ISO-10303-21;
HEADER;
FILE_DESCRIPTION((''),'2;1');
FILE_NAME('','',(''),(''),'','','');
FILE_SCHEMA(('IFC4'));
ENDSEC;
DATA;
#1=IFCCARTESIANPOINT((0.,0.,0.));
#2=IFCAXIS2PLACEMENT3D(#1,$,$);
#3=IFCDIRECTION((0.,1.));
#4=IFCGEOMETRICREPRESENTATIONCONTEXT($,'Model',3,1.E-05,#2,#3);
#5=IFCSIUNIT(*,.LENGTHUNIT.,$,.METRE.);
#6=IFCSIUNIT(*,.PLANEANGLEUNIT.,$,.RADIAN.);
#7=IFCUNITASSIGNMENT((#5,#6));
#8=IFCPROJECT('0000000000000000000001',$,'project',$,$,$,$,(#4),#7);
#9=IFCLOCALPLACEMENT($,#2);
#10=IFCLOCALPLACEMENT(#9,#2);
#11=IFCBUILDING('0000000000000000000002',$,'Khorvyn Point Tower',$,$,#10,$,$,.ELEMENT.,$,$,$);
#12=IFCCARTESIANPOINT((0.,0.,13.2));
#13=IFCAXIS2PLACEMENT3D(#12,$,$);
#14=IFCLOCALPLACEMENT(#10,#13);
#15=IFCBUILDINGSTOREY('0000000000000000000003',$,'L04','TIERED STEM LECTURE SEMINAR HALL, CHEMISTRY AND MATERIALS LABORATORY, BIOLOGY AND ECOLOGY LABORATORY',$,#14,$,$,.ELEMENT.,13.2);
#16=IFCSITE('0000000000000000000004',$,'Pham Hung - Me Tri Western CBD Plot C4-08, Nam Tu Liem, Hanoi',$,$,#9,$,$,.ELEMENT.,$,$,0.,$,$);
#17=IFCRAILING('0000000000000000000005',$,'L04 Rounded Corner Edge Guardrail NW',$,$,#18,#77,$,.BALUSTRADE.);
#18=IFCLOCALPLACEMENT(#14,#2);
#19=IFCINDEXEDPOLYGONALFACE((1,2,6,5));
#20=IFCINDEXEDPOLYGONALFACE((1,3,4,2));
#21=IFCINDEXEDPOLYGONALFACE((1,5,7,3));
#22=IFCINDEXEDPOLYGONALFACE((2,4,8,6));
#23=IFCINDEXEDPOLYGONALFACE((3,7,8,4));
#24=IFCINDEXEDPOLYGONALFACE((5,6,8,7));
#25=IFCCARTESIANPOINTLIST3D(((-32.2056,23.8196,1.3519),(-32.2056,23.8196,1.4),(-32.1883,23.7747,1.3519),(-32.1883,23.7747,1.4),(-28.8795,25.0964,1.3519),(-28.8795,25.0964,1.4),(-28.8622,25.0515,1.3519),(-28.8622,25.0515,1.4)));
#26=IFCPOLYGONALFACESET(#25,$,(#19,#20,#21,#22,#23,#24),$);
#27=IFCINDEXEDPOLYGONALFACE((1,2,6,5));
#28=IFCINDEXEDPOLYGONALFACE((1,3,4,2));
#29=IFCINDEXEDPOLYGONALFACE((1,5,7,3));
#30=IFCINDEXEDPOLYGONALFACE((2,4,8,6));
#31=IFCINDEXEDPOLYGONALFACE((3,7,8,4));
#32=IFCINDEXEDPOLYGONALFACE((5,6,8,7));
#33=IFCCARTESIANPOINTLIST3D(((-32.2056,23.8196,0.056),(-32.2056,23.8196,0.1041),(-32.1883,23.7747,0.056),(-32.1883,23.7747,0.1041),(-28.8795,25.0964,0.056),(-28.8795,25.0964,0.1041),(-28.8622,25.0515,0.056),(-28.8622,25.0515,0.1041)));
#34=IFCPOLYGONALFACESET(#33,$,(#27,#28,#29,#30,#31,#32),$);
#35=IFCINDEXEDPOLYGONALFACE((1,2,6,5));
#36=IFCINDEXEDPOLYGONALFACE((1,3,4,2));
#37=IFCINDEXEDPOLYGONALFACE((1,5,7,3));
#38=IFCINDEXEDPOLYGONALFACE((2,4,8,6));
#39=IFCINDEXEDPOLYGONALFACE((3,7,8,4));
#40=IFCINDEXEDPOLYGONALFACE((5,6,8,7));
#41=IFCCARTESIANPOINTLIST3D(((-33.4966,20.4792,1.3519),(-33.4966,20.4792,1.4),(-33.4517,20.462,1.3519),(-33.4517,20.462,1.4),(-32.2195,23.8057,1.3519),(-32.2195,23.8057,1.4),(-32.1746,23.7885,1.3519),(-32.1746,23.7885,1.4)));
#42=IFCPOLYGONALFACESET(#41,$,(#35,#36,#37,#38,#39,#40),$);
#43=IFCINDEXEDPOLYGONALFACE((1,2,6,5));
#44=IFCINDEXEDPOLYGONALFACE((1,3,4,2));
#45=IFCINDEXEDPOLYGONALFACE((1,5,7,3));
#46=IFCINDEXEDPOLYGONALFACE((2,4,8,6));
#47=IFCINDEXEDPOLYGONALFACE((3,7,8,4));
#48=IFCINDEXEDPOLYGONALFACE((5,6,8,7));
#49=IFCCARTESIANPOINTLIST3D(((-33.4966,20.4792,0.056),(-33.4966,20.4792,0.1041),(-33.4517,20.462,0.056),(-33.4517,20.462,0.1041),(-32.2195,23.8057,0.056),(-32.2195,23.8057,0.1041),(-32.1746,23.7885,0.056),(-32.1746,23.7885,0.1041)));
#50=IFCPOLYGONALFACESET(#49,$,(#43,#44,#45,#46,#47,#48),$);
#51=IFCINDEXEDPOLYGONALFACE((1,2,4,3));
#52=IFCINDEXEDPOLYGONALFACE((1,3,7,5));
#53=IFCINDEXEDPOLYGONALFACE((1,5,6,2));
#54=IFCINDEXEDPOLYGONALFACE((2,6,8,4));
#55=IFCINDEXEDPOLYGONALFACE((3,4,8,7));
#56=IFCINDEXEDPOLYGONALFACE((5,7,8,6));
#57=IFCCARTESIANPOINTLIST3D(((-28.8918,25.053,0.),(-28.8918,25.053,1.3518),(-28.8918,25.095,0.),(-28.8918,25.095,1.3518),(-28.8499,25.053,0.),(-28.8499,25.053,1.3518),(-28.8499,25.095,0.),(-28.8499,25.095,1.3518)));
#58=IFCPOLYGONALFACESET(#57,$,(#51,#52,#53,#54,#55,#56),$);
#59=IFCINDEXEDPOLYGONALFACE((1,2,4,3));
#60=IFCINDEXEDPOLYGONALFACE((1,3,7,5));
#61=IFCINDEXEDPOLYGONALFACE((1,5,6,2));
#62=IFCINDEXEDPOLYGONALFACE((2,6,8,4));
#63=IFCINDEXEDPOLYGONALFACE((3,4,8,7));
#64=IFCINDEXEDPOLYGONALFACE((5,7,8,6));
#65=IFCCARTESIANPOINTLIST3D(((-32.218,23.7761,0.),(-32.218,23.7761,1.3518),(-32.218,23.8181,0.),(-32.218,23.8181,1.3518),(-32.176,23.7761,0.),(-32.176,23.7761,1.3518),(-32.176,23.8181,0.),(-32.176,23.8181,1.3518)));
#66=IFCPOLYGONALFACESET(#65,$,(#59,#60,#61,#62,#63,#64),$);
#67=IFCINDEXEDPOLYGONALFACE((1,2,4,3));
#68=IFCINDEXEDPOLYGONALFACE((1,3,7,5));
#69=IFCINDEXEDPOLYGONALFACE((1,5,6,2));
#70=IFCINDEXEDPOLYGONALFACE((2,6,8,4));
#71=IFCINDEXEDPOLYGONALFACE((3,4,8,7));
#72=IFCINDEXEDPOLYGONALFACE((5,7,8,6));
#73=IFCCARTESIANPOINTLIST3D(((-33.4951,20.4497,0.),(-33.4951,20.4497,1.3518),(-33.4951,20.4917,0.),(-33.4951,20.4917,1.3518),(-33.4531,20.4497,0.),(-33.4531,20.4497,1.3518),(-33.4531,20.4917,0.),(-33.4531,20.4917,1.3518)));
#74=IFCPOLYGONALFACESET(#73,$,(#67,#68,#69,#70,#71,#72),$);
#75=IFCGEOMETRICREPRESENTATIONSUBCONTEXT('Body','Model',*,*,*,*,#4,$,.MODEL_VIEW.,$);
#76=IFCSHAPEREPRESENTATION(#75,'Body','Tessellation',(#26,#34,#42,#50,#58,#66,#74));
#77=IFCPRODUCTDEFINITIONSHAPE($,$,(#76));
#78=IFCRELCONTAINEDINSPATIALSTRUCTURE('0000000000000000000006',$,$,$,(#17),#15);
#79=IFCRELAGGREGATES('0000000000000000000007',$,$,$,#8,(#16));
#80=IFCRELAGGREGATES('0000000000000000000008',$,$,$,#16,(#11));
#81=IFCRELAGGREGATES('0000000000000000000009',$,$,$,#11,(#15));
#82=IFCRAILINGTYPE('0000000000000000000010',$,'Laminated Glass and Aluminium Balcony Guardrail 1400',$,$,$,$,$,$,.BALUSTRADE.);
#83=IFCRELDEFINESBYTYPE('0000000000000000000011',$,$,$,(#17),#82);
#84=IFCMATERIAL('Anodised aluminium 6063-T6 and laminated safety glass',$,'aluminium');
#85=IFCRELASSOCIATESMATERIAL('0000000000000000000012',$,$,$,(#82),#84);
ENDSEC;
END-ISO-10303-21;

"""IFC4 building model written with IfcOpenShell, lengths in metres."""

from ifc_helpers import new_model, si_unit, direction, frame, origin, origin_2d, place, context, subcontext, project, spatial, rectangle, extrude, material, type_object, element, save


model = new_model("IFC4")

# Units and contexts
model_context = context("Model", 3, precision=1e-05, world=origin(), true_north=direction((0.0, 1.0)))
body_context = subcontext(model_context, "Body", "Model", "MODEL_VIEW")
ifc_project = project(units=[si_unit("LENGTHUNIT", "METRE"), si_unit("PLANEANGLEUNIT", "RADIAN")], contexts=[model_context])

# Site, building, storey
site_placement = place(None, origin())
site = spatial("IfcSite", under=ifc_project, at=site_placement, Name="Pham Hung - Me Tri Western CBD Plot C4-08, Nam Tu Liem, Hanoi", CompositionType="ELEMENT", RefElevation=0.0)
building_placement = place(site_placement, origin())
building = spatial("IfcBuilding", under=site, at=building_placement, Name="Khorvyn Point Tower", CompositionType="ELEMENT")
storey_placement = place(building_placement, frame((0.0, 0.0, 13.2)))
storey = spatial("IfcBuildingStorey", under=building, at=storey_placement, Name="L04", Description="TIERED STEM LECTURE SEMINAR HALL, CHEMISTRY AND MATERIALS LABORATORY, BIOLOGY AND ECOLOGY LABORATORY", CompositionType="ELEMENT", Elevation=13.2)

# Railing
ifc_material_1 = material(Name="Anodised aluminium 6063-T6 and laminated safety glass", Category="aluminium")
railing_type = type_object("IfcRailingType", Name="Laminated Glass and Aluminium Balcony Guardrail 1400", PredefinedType="BALUSTRADE", material=ifc_material_1)
railing_placement = place(storey_placement, frame((-28.8708, 25.074, 0.0)))
element("IfcRailing", 1, at=railing_placement, inside=storey, type_object=railing_type, Name="L04 Rounded Corner Edge Guardrail NW", PredefinedType="BALUSTRADE", context=body_context, shape_type="SweptSolid", body=[
    extrude(rectangle(XDim=0.0481, YDim=0.0481, at=origin_2d()), frame((0.0, 0.0, 1.376), z_axis=(-0.933575, -0.358382, 0.0), x_axis=(0.358382, -0.933575, 0.0)), (0.0, 0.0, 1.0), 3.5627),
    extrude(rectangle(XDim=0.0481, YDim=0.0481, at=origin_2d()), frame((0.0, 0.0, 0.0801), z_axis=(-0.933575, -0.358382, 0.0), x_axis=(0.358382, -0.933575, 0.0)), (0.0, 0.0, 1.0), 3.5627),
    extrude(rectangle(XDim=0.0481, YDim=0.0481, at=origin_2d()), frame((-3.3262, -1.2769, 1.376), z_axis=(-0.358419, -0.933561, 0.0), x_axis=(0.933561, -0.358419, 0.0)), (0.0, 0.0, 1.0), 3.5632),
    extrude(rectangle(XDim=0.0481, YDim=0.0481, at=origin_2d()), frame((-3.3262, -1.2769, 0.0801), z_axis=(-0.358419, -0.933561, 0.0), x_axis=(0.933561, -0.358419, 0.0)), (0.0, 0.0, 1.0), 3.5632),
    extrude(rectangle(XDim=0.042, YDim=0.042, at=origin_2d()), origin(), (0.0, 0.0, 1.0), 1.3518),
    extrude(rectangle(XDim=0.042, YDim=0.042, at=origin_2d()), frame((-3.3262, -1.2769, 0.0)), (0.0, 0.0, 1.0), 1.3518),
    extrude(rectangle(XDim=0.042, YDim=0.042, at=origin_2d()), frame((-4.6033, -4.6033, 0.0)), (0.0, 0.0, 1.0), 1.3518),
])

save(model, "model.ifc")
